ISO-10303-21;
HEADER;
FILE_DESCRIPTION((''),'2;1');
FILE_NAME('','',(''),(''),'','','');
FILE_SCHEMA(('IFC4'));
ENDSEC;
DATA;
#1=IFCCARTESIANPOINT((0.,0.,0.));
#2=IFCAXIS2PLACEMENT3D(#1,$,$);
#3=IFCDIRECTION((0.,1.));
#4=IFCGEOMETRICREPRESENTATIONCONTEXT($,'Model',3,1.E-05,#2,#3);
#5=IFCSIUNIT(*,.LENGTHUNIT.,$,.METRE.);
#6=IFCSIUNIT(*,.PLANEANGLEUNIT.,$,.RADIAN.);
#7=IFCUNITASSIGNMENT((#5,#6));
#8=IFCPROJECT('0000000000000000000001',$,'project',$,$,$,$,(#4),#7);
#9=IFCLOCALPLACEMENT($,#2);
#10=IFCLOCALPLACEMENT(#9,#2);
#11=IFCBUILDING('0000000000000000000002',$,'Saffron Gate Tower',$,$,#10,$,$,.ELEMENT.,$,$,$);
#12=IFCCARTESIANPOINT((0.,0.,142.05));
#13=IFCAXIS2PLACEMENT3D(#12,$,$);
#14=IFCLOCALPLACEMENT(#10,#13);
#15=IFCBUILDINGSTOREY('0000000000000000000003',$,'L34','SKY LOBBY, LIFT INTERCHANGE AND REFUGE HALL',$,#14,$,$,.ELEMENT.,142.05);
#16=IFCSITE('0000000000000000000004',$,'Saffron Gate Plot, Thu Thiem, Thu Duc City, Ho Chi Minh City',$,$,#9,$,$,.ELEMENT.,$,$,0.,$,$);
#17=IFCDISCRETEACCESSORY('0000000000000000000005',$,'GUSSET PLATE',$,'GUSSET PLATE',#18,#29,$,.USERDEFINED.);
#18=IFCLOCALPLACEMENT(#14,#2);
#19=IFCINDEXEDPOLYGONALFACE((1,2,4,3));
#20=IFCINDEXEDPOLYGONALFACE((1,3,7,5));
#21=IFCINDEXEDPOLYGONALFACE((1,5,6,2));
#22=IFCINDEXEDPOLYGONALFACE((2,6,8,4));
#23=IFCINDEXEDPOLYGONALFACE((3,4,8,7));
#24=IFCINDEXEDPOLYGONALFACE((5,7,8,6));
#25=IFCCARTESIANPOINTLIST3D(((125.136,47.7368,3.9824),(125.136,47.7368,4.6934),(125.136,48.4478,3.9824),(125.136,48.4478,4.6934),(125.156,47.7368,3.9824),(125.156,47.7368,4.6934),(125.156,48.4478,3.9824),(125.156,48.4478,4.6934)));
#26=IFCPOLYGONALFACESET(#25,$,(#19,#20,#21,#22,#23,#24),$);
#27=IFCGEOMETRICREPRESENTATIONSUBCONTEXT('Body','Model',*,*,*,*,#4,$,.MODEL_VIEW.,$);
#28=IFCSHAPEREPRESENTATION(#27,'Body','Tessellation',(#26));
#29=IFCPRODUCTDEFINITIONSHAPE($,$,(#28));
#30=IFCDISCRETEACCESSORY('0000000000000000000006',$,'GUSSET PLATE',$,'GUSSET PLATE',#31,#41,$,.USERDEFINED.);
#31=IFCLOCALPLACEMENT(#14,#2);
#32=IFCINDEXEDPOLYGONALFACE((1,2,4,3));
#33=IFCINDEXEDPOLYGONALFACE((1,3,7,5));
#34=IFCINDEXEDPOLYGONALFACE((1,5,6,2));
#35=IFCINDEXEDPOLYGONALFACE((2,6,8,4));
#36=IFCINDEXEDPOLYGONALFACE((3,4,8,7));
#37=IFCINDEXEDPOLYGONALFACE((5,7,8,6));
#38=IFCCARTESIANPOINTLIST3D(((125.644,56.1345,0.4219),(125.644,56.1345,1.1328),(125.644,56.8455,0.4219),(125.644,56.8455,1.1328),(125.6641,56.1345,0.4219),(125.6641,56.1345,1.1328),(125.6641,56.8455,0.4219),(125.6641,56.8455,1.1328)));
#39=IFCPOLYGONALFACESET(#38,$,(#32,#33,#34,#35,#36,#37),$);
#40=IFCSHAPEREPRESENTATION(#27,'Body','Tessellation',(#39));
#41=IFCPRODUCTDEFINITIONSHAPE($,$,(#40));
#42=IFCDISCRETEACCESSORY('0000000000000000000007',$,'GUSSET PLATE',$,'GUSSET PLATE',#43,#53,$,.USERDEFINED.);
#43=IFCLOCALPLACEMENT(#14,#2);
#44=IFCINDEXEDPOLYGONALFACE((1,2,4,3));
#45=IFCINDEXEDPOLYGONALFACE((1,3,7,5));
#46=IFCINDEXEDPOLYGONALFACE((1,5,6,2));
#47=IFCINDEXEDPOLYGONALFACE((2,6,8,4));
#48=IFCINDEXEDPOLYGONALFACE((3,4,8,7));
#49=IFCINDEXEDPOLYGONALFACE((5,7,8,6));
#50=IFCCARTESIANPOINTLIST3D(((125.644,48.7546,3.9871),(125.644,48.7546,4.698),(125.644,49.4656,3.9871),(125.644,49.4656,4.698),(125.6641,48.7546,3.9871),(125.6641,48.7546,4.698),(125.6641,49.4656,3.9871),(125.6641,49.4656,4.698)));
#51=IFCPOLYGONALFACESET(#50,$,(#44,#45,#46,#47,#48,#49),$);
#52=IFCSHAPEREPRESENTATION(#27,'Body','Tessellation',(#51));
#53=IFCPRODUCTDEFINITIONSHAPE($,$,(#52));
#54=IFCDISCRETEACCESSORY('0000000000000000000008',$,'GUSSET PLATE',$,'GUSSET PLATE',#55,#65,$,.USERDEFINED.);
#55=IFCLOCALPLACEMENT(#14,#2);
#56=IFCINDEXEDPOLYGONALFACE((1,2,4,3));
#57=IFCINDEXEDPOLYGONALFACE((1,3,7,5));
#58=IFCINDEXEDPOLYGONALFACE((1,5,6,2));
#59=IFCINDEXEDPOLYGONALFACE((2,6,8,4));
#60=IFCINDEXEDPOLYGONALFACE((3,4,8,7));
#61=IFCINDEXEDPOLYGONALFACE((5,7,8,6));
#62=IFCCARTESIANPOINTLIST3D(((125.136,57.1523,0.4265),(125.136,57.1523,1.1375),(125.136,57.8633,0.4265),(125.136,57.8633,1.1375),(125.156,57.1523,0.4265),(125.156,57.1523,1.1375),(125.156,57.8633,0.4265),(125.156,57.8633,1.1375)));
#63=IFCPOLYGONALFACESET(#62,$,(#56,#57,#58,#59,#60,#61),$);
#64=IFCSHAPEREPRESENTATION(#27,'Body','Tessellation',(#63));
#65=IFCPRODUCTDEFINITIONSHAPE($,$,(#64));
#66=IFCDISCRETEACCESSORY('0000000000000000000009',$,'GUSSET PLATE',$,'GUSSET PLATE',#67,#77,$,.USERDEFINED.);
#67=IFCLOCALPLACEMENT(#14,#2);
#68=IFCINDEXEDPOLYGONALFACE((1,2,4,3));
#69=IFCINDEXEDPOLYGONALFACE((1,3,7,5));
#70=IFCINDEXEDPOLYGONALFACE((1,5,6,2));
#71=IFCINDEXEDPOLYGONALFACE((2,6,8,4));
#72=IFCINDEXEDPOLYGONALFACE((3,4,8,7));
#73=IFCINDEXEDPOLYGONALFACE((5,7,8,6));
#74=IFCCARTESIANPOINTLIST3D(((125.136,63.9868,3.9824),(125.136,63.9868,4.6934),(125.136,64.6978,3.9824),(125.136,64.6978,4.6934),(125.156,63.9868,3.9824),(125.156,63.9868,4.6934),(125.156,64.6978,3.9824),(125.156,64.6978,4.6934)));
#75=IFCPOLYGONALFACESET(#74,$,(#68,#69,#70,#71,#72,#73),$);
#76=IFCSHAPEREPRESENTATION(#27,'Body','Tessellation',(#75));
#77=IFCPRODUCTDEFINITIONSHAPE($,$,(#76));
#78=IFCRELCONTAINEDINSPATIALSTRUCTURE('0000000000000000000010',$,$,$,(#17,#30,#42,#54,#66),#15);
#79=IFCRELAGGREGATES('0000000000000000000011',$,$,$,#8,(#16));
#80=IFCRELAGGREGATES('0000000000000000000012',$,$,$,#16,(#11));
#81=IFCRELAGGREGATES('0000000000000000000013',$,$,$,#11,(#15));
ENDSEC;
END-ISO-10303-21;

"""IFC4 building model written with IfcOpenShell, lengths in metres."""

from ifc_helpers import new_model, si_unit, direction, frame, origin, origin_2d, place, context, subcontext, project, spatial, rectangle, extrude, element, save


model = new_model("IFC4")

# Units and contexts
model_context = context("Model", 3, precision=1e-05, world=origin(), true_north=direction((0.0, 1.0)))
body_context = subcontext(model_context, "Body", "Model", "MODEL_VIEW")
ifc_project = project(units=[si_unit("LENGTHUNIT", "METRE"), si_unit("PLANEANGLEUNIT", "RADIAN")], contexts=[model_context])

# Site, building, storey
site_placement = place(None, origin())
site = spatial("IfcSite", under=ifc_project, at=site_placement, Name="Saffron Gate Plot, Thu Thiem, Thu Duc City, Ho Chi Minh City", CompositionType="ELEMENT", RefElevation=0.0)
building_placement = place(site_placement, origin())
building = spatial("IfcBuilding", under=site, at=building_placement, Name="Saffron Gate Tower", CompositionType="ELEMENT")
storey_placement = place(building_placement, frame((0.0, 0.0, 142.05)))
storey = spatial("IfcBuildingStorey", under=building, at=storey_placement, Name="L34", Description="SKY LOBBY, LIFT INTERCHANGE AND REFUGE HALL", CompositionType="ELEMENT", Elevation=142.05)

# Discrete accessories
for number, where, z_axis, x_axis, name in (
    (1, (125.146, 48.0923, 3.9824), (0.0, 0.0, 1.0), (0.0, 1.0, 0.0), "GUSSET PLATE"),
    (2, (125.6541, 56.49, 0.4219), (0.0, 0.0, 1.0), (0.0, -1.0, 0.0), "GUSSET PLATE"),
    (3, (125.6541, 49.1101, 3.9871), (0.0, 0.0, 1.0), (0.0, -1.0, 0.0), "GUSSET PLATE"),
    (4, (125.146, 57.5078, 0.4265), (0.0, 0.0, 1.0), (0.0, 1.0, 0.0), "GUSSET PLATE"),
    (5, (125.146, 64.3423, 3.9824), (0.0, 0.0, 1.0), (0.0, 1.0, 0.0), "GUSSET PLATE"),
):
    element("IfcDiscreteAccessory", number, at=place(storey_placement, frame(where, z_axis=z_axis, x_axis=x_axis)), inside=storey, Name=name, ObjectType="GUSSET PLATE", PredefinedType="USERDEFINED", context=body_context, shape_type="SweptSolid", body=[
        extrude(rectangle(XDim=0.7109, YDim=0.02, at=origin_2d()), origin(), (0.0, 0.0, 1.0), 0.7109),
    ])

save(model, "model.ifc")
